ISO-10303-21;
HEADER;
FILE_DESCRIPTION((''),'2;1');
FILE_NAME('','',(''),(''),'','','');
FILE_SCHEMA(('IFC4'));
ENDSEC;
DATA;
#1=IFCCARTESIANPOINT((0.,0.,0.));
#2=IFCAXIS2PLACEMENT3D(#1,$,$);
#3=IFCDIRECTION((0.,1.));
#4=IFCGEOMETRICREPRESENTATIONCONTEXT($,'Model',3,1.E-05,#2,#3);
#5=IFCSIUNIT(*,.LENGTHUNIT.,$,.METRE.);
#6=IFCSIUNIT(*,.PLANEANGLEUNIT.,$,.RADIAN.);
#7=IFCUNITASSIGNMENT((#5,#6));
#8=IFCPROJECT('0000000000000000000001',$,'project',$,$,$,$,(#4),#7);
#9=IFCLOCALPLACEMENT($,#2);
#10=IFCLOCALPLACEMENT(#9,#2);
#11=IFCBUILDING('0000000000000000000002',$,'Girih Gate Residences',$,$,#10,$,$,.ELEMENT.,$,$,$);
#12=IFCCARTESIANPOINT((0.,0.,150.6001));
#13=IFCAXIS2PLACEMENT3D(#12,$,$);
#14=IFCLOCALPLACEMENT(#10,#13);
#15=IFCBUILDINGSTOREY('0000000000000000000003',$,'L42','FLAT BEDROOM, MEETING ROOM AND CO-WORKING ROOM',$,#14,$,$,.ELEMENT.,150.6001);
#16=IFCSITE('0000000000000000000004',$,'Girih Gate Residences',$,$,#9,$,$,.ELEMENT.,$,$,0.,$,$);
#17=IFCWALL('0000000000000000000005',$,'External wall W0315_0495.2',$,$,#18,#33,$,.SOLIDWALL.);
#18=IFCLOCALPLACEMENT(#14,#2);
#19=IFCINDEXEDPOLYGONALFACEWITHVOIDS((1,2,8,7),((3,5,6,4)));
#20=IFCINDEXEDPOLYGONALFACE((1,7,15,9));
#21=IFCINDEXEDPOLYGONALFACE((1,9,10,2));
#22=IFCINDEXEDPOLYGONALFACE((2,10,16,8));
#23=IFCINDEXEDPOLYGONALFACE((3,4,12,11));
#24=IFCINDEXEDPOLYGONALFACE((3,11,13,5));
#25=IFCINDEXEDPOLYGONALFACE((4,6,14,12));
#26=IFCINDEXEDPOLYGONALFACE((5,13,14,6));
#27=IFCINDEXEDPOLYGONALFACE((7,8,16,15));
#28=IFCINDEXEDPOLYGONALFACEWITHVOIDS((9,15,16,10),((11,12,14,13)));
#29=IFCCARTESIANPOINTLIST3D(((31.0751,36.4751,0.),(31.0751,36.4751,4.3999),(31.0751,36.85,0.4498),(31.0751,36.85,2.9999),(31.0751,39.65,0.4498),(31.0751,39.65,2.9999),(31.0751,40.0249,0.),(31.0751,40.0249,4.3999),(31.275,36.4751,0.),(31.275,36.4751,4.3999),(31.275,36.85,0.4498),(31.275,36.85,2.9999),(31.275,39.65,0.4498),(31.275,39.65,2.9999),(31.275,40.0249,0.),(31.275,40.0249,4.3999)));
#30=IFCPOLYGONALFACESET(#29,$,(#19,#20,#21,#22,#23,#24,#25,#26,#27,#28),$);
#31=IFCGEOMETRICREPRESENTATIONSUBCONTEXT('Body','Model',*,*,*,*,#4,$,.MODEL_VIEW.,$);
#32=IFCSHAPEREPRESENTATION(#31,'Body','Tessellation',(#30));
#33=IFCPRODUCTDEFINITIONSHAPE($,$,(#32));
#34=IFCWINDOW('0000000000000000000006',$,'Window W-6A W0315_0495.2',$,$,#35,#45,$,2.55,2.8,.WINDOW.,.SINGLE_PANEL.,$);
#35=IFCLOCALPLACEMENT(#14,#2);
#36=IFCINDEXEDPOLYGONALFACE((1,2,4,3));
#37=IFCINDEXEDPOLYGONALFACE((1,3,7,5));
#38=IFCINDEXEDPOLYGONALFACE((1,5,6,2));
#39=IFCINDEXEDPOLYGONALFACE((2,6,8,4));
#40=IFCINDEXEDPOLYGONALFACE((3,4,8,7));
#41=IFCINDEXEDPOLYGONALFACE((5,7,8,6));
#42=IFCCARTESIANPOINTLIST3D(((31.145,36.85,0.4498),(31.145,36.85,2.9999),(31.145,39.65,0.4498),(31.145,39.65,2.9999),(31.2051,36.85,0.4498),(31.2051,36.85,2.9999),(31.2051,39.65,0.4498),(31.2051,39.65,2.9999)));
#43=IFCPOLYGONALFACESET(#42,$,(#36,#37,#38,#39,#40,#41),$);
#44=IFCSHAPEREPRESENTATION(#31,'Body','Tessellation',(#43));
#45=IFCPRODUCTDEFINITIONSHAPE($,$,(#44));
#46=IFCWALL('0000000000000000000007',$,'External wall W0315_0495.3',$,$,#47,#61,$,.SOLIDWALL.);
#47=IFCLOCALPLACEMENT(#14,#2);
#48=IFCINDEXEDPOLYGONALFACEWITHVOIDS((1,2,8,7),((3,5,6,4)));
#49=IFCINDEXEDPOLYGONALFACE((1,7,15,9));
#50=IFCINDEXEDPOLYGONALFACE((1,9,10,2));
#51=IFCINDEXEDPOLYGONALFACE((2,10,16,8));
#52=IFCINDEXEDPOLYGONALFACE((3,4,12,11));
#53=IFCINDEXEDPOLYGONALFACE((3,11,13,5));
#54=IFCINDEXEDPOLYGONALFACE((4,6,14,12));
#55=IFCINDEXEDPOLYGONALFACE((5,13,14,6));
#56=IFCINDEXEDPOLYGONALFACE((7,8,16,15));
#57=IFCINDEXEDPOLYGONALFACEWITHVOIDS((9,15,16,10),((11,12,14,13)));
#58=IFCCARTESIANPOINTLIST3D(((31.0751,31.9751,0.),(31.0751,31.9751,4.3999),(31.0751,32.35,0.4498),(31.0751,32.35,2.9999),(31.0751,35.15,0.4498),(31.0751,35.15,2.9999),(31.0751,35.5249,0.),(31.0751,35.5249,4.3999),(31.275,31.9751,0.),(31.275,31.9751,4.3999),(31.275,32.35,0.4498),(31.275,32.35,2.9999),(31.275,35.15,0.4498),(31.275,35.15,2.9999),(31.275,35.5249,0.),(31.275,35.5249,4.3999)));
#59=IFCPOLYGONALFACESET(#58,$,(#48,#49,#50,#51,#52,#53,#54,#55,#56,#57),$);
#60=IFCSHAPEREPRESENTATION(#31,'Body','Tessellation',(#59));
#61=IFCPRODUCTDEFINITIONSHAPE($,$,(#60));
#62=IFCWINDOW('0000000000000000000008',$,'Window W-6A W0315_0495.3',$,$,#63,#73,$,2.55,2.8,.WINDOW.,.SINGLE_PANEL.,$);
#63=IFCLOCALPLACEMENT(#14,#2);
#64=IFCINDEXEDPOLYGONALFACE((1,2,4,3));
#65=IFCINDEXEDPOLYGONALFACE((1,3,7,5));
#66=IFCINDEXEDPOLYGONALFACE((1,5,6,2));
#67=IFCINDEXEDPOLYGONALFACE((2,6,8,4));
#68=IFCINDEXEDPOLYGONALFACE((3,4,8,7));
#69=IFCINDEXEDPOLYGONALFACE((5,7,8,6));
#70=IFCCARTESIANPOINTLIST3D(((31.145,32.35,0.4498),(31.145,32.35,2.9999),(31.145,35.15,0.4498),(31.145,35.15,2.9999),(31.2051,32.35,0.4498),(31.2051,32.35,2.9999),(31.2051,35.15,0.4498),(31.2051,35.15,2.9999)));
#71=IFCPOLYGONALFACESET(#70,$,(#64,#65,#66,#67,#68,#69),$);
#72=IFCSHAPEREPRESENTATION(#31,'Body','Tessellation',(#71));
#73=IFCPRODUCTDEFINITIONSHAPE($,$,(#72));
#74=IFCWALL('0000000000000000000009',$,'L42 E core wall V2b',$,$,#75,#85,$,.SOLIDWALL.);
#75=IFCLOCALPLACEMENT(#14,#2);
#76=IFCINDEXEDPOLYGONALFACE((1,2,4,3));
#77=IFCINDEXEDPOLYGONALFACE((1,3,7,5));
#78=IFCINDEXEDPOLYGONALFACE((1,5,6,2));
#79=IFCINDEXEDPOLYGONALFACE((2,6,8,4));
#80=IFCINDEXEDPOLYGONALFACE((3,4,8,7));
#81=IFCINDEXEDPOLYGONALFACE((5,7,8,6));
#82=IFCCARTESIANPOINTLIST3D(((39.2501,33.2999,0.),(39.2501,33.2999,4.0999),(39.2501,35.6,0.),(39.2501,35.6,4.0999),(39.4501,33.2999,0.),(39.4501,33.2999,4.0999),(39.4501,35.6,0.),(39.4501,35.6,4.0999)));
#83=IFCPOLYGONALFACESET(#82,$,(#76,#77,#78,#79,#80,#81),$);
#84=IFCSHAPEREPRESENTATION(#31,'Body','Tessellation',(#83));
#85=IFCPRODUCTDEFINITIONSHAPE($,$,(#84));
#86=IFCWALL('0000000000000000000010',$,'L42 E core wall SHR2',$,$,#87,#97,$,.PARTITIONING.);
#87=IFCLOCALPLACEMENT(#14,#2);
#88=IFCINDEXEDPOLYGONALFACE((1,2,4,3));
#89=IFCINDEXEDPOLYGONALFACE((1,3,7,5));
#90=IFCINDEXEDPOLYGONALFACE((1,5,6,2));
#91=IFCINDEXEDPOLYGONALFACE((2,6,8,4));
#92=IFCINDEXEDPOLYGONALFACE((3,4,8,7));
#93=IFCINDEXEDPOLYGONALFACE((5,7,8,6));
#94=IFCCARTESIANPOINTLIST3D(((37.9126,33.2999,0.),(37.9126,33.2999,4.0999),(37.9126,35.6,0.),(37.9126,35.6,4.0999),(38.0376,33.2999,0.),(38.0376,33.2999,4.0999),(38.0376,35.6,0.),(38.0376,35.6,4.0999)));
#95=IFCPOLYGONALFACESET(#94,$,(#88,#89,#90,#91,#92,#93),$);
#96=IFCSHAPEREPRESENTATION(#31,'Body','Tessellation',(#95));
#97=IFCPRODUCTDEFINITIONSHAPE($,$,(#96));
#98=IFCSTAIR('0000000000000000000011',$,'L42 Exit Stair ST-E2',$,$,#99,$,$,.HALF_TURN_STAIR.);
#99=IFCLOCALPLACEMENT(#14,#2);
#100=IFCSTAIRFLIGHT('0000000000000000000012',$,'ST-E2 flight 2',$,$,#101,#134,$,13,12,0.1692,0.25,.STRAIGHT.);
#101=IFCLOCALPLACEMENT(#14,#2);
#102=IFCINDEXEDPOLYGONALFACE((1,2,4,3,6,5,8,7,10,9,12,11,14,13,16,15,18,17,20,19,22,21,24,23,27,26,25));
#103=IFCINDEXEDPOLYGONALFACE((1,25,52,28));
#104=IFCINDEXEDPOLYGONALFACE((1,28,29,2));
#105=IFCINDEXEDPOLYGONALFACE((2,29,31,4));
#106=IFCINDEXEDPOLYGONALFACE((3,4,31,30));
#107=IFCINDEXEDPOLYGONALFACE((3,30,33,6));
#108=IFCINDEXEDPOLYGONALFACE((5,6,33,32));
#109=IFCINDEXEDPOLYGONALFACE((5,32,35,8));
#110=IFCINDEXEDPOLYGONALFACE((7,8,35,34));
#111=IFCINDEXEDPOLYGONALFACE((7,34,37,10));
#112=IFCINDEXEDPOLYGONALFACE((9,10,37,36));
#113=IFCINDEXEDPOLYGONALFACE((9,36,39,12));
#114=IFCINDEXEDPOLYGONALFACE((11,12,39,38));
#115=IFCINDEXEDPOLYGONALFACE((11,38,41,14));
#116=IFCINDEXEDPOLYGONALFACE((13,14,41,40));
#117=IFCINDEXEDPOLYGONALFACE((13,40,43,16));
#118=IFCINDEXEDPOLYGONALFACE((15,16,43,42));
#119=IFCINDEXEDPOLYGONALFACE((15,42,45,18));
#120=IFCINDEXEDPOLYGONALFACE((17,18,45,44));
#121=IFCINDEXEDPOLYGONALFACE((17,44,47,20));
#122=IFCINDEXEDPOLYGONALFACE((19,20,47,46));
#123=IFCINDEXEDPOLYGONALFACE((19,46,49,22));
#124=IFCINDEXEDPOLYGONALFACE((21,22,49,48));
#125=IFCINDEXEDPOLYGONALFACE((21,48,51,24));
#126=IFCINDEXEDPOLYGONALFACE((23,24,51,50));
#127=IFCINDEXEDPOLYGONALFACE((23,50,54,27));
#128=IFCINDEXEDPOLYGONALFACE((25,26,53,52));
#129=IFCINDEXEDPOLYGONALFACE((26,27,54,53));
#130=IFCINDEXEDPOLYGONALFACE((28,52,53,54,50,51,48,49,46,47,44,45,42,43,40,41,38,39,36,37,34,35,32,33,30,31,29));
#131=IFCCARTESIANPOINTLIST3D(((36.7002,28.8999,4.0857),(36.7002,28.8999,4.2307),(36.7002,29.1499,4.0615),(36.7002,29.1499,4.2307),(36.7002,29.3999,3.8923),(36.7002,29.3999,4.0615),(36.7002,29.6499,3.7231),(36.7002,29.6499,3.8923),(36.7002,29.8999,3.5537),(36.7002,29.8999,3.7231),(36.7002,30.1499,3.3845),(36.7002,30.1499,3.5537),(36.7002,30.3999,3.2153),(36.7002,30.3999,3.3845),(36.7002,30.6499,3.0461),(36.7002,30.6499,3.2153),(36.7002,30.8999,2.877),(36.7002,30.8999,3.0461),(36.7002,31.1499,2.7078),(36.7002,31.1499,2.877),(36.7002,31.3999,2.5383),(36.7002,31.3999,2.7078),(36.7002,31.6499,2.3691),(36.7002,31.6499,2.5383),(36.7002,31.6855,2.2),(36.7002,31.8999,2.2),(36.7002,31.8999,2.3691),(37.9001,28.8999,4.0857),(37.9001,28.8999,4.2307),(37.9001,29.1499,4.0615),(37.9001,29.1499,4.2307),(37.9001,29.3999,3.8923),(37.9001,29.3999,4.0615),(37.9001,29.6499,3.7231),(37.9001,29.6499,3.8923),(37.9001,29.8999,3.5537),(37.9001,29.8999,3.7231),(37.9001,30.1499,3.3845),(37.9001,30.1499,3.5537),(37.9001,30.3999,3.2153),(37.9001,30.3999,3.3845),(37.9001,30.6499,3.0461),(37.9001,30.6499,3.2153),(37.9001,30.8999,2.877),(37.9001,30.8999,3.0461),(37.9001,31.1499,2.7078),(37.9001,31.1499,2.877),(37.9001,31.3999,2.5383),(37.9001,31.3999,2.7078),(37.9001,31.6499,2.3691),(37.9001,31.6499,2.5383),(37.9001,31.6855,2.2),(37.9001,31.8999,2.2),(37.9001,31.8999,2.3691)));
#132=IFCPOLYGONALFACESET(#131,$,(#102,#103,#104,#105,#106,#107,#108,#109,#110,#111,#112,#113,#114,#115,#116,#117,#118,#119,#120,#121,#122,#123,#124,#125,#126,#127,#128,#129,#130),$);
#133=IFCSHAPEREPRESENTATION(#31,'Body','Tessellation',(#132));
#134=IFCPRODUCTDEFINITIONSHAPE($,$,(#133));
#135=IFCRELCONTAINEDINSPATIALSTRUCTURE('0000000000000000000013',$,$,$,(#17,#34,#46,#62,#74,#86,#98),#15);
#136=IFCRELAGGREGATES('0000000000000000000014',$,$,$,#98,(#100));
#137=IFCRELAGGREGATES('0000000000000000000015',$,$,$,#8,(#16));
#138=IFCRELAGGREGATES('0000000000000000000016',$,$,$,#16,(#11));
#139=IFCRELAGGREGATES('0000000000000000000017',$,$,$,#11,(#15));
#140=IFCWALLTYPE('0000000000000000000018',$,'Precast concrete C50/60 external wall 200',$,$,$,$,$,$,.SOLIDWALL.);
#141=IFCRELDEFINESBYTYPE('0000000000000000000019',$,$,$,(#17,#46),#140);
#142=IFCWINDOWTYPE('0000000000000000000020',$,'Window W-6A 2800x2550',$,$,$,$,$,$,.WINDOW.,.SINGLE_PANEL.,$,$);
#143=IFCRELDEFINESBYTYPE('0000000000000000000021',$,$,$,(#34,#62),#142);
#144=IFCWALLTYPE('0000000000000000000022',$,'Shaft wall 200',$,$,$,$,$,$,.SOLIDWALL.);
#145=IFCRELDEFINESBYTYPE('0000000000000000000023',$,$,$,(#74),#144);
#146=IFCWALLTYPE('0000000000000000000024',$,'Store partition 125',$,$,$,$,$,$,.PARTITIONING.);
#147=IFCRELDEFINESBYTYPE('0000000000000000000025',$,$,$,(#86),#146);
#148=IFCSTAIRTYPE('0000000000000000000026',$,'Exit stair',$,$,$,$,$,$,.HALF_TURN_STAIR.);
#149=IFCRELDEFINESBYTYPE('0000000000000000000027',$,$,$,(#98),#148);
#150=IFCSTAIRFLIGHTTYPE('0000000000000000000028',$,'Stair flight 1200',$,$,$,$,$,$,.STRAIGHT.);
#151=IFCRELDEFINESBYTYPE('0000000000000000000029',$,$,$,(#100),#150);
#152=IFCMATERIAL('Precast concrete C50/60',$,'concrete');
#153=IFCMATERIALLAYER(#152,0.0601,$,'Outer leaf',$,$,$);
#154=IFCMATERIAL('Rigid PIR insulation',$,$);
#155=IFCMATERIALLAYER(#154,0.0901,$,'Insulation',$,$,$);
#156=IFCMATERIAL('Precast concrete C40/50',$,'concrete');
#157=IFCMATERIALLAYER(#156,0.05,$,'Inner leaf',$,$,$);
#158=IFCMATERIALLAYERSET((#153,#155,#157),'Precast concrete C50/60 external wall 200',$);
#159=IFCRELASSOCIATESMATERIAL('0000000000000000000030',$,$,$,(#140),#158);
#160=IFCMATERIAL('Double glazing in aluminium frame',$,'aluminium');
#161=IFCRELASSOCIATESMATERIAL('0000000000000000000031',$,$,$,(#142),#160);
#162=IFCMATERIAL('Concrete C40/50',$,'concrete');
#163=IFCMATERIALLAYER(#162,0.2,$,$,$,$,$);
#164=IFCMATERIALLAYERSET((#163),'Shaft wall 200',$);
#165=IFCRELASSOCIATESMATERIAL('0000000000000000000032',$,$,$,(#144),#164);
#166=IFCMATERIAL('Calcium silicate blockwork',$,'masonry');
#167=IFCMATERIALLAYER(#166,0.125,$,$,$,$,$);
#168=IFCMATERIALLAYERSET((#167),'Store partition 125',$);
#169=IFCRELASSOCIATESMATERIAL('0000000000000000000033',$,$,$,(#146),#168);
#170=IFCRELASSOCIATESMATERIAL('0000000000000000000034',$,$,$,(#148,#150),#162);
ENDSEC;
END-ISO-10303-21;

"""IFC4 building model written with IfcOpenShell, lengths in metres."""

from ifc_helpers import new_model, si_unit, direction, frame, frame_2d, origin, place, context, subcontext, project, spatial, polyline, rectangle, outline, extrude, material, layer, layer_set, type_object, element, fill, aggregate, save


model = new_model("IFC4")

# Units and contexts
model_context = context("Model", 3, precision=1e-05, world=origin(), true_north=direction((0.0, 1.0)))
body_context = subcontext(model_context, "Body", "Model", "MODEL_VIEW")
ifc_project = project(units=[si_unit("LENGTHUNIT", "METRE"), si_unit("PLANEANGLEUNIT", "RADIAN")], contexts=[model_context])

# Site, building, storey
site_placement = place(None, origin())
site = spatial("IfcSite", under=ifc_project, at=site_placement, Name="Girih Gate Residences", CompositionType="ELEMENT", RefElevation=0.0)
building_placement = place(site_placement, origin())
building = spatial("IfcBuilding", under=site, at=building_placement, Name="Girih Gate Residences", CompositionType="ELEMENT")
storey_placement = place(building_placement, frame((0.0, 0.0, 150.6001)))
storey = spatial("IfcBuildingStorey", under=building, at=storey_placement, Name="L42", Description="FLAT BEDROOM, MEETING ROOM AND CO-WORKING ROOM", CompositionType="ELEMENT", Elevation=150.6001)

# Shared definitions
ifc_material_1 = material(Name="Concrete C40/50", Category="concrete")

# Walls, openings, windows
ifc_material_2 = material(Name="Precast concrete C50/60", Category="concrete")
ifc_layer_1 = layer(ifc_material_2, 0.0601, Name="Outer leaf")
ifc_material_3 = material(Name="Rigid PIR insulation")
ifc_layer_2 = layer(ifc_material_3, 0.0901, Name="Insulation")
ifc_material_4 = material(Name="Precast concrete C40/50", Category="concrete")
ifc_layer_3 = layer(ifc_material_4, 0.05, Name="Inner leaf")
ifc_layer_set_1 = layer_set([ifc_layer_1, ifc_layer_2, ifc_layer_3], Name="Precast concrete C50/60 external wall 200")
wall_type_1 = type_object("IfcWallType", Name="Precast concrete C50/60 external wall 200", PredefinedType="SOLIDWALL", material=ifc_layer_set_1)
wall_1_placement = place(storey_placement, frame((31.175, 36.4751, 0.0), z_axis=(0.0, 0.0, 1.0), x_axis=(0.0, 1.0, 0.0)))
wall_1 = element("IfcWall", 1, at=wall_1_placement, inside=storey, type_object=wall_type_1, Name="External wall W0315_0495.2", PredefinedType="SOLIDWALL", context=body_context, shape_type="SweptSolid", body=[
    extrude(rectangle(XDim=3.5498, YDim=0.2, at=frame_2d((1.7749, 0.0))), origin(), (0.0, 0.0, 1.0), 4.3999),
])
opening_1_placement = place(wall_1_placement, frame((0.375, 0.0, 0.45)))
opening_1 = element("IfcOpeningElement", 2, at=opening_1_placement, cuts=wall_1, PredefinedType="OPENING", context=body_context, shape_type="SweptSolid", body=[
    extrude(rectangle(XDim=2.8, YDim=2.55, at=frame_2d((1.3999, 1.2749))), frame((0.0, 0.1099, 0.0), z_axis=(0.0, -1.0, 0.0), x_axis=(1.0, 0.0, 0.0)), (0.0, 0.0, 1.0), 0.22),
])
ifc_material_5 = material(Name="Double glazing in aluminium frame", Category="aluminium")
window_type = type_object("IfcWindowType", Name="Window W-6A 2800x2550", PartitioningType="SINGLE_PANEL", PredefinedType="WINDOW", material=ifc_material_5)
window_1_placement = place(opening_1_placement, origin())
window_1 = element("IfcWindow", 3, at=window_1_placement, inside=storey, type_object=window_type, Name="Window W-6A W0315_0495.2", OverallHeight=2.55, OverallWidth=2.8, PartitioningType="SINGLE_PANEL", PredefinedType="WINDOW", context=body_context, shape_type="SweptSolid", body=[
    extrude(rectangle(XDim=2.8, YDim=2.55, at=frame_2d((1.3999, 1.2749))), frame((0.0, 0.03, 0.0), z_axis=(0.0, -1.0, 0.0), x_axis=(1.0, 0.0, 0.0)), (0.0, 0.0, 1.0), 0.0601),
])
fill(opening_1, window_1)
wall_2_placement = place(storey_placement, frame((31.175, 31.9751, 0.0), z_axis=(0.0, 0.0, 1.0), x_axis=(0.0, 1.0, 0.0)))
wall_2 = element("IfcWall", 4, at=wall_2_placement, inside=storey, type_object=wall_type_1, Name="External wall W0315_0495.3", PredefinedType="SOLIDWALL", context=body_context, shape_type="SweptSolid", body=[
    extrude(rectangle(XDim=3.5498, YDim=0.2, at=frame_2d((1.7749, 0.0))), origin(), (0.0, 0.0, 1.0), 4.3999),
])
opening_2_placement = place(wall_2_placement, frame((0.375, 0.0, 0.45)))
opening_2 = element("IfcOpeningElement", 5, at=opening_2_placement, cuts=wall_2, PredefinedType="OPENING", context=body_context, shape_type="SweptSolid", body=[
    extrude(rectangle(XDim=2.8, YDim=2.55, at=frame_2d((1.3999, 1.2749))), frame((0.0, 0.1099, 0.0), z_axis=(0.0, -1.0, 0.0), x_axis=(1.0, 0.0, 0.0)), (0.0, 0.0, 1.0), 0.22),
])
window_2_placement = place(opening_2_placement, origin())
window_2 = element("IfcWindow", 6, at=window_2_placement, inside=storey, type_object=window_type, Name="Window W-6A W0315_0495.3", OverallHeight=2.55, OverallWidth=2.8, PartitioningType="SINGLE_PANEL", PredefinedType="WINDOW", context=body_context, shape_type="SweptSolid", body=[
    extrude(rectangle(XDim=2.8, YDim=2.55, at=frame_2d((1.3999, 1.2749))), frame((0.0, 0.03, 0.0), z_axis=(0.0, -1.0, 0.0), x_axis=(1.0, 0.0, 0.0)), (0.0, 0.0, 1.0), 0.0601),
])
fill(opening_2, window_2)

# Walls
ifc_layer_4 = layer(ifc_material_1, 0.2)
ifc_layer_set_2 = layer_set([ifc_layer_4], Name="Shaft wall 200")
wall_type_2 = type_object("IfcWallType", Name="Shaft wall 200", PredefinedType="SOLIDWALL", material=ifc_layer_set_2)
wall_3_placement = place(storey_placement, frame((39.3501, 33.3, 0.0), z_axis=(0.0, 0.0, 1.0), x_axis=(0.0, 1.0, 0.0)))
element("IfcWall", 7, at=wall_3_placement, inside=storey, type_object=wall_type_2, Name="L42 E core wall V2b", PredefinedType="SOLIDWALL", context=body_context, shape_type="SweptSolid", body=[
    extrude(rectangle(XDim=2.3, YDim=0.2, at=frame_2d((1.1499, 0.0))), origin(), (0.0, 0.0, 1.0), 4.0999),
])
ifc_material_6 = material(Name="Calcium silicate blockwork", Category="masonry")
ifc_layer_5 = layer(ifc_material_6, 0.125)
ifc_layer_set_3 = layer_set([ifc_layer_5], Name="Store partition 125")
wall_type_3 = type_object("IfcWallType", Name="Store partition 125", PredefinedType="PARTITIONING", material=ifc_layer_set_3)
wall_4_placement = place(storey_placement, frame((37.9751, 33.3, 0.0), z_axis=(0.0, 0.0, 1.0), x_axis=(0.0, 1.0, 0.0)))
element("IfcWall", 8, at=wall_4_placement, inside=storey, type_object=wall_type_3, Name="L42 E core wall SHR2", PredefinedType="PARTITIONING", context=body_context, shape_type="SweptSolid", body=[
    extrude(rectangle(XDim=2.3, YDim=0.125, at=frame_2d((1.1499, 0.0))), origin(), (0.0, 0.0, 1.0), 4.0999),
])

# Stair, stair flight
stair_type = type_object("IfcStairType", Name="Exit stair", PredefinedType="HALF_TURN_STAIR", material=ifc_material_1)
stair_placement = place(storey_placement, origin())
stair = element("IfcStair", 9, at=stair_placement, inside=storey, type_object=stair_type, Name="L42 Exit Stair ST-E2", PredefinedType="HALF_TURN_STAIR")
stair_flight_type = type_object("IfcStairFlightType", Name="Stair flight 1200", PredefinedType="STRAIGHT", material=ifc_material_1)
stair_flight_placement = place(storey_placement, frame((37.3, 31.8999, 2.2), z_axis=(0.0, 0.0, 1.0), x_axis=(0.0, -1.0, 0.0)))
stair_flight = element("IfcStairFlight", 10, at=stair_flight_placement, type_object=stair_flight_type, Name="ST-E2 flight 2", NumberOfRisers=13, NumberOfTreads=12, PredefinedType="STRAIGHT", RiserHeight=0.1692, TreadLength=0.25, context=body_context, shape_type="SweptSolid", body=[
    extrude(outline(polyline([(0.0, 0.0), (0.0, 0.1692), (0.25, 0.1692), (0.25, 0.3384), (0.5, 0.3384), (0.5, 0.5078), (0.75, 0.5078), (0.75, 0.677), (1.0, 0.677), (1.0, 0.8462), (1.25, 0.8462), (1.25, 1.0154), (1.5, 1.0154), (1.5, 1.1846), (1.75, 1.1846), (1.75, 1.3538), (2.0, 1.3538), (2.0, 1.5232), (2.25, 1.5232), (2.25, 1.6924), (2.5, 1.6924), (2.5, 1.8616), (2.75, 1.8616), (2.75, 2.0308), (3.0, 2.0308), (3.0, 2.2), (3.0, 1.8857), (0.2144, 0.0), (0.0, 0.0)])), frame((0.0, 0.6001, 0.0), z_axis=(0.0, -1.0, 0.0), x_axis=(1.0, 0.0, 0.0)), (0.0, 0.0, 1.0), 1.2),
])
aggregate(stair, [stair_flight])

save(model, "model.ifc")
